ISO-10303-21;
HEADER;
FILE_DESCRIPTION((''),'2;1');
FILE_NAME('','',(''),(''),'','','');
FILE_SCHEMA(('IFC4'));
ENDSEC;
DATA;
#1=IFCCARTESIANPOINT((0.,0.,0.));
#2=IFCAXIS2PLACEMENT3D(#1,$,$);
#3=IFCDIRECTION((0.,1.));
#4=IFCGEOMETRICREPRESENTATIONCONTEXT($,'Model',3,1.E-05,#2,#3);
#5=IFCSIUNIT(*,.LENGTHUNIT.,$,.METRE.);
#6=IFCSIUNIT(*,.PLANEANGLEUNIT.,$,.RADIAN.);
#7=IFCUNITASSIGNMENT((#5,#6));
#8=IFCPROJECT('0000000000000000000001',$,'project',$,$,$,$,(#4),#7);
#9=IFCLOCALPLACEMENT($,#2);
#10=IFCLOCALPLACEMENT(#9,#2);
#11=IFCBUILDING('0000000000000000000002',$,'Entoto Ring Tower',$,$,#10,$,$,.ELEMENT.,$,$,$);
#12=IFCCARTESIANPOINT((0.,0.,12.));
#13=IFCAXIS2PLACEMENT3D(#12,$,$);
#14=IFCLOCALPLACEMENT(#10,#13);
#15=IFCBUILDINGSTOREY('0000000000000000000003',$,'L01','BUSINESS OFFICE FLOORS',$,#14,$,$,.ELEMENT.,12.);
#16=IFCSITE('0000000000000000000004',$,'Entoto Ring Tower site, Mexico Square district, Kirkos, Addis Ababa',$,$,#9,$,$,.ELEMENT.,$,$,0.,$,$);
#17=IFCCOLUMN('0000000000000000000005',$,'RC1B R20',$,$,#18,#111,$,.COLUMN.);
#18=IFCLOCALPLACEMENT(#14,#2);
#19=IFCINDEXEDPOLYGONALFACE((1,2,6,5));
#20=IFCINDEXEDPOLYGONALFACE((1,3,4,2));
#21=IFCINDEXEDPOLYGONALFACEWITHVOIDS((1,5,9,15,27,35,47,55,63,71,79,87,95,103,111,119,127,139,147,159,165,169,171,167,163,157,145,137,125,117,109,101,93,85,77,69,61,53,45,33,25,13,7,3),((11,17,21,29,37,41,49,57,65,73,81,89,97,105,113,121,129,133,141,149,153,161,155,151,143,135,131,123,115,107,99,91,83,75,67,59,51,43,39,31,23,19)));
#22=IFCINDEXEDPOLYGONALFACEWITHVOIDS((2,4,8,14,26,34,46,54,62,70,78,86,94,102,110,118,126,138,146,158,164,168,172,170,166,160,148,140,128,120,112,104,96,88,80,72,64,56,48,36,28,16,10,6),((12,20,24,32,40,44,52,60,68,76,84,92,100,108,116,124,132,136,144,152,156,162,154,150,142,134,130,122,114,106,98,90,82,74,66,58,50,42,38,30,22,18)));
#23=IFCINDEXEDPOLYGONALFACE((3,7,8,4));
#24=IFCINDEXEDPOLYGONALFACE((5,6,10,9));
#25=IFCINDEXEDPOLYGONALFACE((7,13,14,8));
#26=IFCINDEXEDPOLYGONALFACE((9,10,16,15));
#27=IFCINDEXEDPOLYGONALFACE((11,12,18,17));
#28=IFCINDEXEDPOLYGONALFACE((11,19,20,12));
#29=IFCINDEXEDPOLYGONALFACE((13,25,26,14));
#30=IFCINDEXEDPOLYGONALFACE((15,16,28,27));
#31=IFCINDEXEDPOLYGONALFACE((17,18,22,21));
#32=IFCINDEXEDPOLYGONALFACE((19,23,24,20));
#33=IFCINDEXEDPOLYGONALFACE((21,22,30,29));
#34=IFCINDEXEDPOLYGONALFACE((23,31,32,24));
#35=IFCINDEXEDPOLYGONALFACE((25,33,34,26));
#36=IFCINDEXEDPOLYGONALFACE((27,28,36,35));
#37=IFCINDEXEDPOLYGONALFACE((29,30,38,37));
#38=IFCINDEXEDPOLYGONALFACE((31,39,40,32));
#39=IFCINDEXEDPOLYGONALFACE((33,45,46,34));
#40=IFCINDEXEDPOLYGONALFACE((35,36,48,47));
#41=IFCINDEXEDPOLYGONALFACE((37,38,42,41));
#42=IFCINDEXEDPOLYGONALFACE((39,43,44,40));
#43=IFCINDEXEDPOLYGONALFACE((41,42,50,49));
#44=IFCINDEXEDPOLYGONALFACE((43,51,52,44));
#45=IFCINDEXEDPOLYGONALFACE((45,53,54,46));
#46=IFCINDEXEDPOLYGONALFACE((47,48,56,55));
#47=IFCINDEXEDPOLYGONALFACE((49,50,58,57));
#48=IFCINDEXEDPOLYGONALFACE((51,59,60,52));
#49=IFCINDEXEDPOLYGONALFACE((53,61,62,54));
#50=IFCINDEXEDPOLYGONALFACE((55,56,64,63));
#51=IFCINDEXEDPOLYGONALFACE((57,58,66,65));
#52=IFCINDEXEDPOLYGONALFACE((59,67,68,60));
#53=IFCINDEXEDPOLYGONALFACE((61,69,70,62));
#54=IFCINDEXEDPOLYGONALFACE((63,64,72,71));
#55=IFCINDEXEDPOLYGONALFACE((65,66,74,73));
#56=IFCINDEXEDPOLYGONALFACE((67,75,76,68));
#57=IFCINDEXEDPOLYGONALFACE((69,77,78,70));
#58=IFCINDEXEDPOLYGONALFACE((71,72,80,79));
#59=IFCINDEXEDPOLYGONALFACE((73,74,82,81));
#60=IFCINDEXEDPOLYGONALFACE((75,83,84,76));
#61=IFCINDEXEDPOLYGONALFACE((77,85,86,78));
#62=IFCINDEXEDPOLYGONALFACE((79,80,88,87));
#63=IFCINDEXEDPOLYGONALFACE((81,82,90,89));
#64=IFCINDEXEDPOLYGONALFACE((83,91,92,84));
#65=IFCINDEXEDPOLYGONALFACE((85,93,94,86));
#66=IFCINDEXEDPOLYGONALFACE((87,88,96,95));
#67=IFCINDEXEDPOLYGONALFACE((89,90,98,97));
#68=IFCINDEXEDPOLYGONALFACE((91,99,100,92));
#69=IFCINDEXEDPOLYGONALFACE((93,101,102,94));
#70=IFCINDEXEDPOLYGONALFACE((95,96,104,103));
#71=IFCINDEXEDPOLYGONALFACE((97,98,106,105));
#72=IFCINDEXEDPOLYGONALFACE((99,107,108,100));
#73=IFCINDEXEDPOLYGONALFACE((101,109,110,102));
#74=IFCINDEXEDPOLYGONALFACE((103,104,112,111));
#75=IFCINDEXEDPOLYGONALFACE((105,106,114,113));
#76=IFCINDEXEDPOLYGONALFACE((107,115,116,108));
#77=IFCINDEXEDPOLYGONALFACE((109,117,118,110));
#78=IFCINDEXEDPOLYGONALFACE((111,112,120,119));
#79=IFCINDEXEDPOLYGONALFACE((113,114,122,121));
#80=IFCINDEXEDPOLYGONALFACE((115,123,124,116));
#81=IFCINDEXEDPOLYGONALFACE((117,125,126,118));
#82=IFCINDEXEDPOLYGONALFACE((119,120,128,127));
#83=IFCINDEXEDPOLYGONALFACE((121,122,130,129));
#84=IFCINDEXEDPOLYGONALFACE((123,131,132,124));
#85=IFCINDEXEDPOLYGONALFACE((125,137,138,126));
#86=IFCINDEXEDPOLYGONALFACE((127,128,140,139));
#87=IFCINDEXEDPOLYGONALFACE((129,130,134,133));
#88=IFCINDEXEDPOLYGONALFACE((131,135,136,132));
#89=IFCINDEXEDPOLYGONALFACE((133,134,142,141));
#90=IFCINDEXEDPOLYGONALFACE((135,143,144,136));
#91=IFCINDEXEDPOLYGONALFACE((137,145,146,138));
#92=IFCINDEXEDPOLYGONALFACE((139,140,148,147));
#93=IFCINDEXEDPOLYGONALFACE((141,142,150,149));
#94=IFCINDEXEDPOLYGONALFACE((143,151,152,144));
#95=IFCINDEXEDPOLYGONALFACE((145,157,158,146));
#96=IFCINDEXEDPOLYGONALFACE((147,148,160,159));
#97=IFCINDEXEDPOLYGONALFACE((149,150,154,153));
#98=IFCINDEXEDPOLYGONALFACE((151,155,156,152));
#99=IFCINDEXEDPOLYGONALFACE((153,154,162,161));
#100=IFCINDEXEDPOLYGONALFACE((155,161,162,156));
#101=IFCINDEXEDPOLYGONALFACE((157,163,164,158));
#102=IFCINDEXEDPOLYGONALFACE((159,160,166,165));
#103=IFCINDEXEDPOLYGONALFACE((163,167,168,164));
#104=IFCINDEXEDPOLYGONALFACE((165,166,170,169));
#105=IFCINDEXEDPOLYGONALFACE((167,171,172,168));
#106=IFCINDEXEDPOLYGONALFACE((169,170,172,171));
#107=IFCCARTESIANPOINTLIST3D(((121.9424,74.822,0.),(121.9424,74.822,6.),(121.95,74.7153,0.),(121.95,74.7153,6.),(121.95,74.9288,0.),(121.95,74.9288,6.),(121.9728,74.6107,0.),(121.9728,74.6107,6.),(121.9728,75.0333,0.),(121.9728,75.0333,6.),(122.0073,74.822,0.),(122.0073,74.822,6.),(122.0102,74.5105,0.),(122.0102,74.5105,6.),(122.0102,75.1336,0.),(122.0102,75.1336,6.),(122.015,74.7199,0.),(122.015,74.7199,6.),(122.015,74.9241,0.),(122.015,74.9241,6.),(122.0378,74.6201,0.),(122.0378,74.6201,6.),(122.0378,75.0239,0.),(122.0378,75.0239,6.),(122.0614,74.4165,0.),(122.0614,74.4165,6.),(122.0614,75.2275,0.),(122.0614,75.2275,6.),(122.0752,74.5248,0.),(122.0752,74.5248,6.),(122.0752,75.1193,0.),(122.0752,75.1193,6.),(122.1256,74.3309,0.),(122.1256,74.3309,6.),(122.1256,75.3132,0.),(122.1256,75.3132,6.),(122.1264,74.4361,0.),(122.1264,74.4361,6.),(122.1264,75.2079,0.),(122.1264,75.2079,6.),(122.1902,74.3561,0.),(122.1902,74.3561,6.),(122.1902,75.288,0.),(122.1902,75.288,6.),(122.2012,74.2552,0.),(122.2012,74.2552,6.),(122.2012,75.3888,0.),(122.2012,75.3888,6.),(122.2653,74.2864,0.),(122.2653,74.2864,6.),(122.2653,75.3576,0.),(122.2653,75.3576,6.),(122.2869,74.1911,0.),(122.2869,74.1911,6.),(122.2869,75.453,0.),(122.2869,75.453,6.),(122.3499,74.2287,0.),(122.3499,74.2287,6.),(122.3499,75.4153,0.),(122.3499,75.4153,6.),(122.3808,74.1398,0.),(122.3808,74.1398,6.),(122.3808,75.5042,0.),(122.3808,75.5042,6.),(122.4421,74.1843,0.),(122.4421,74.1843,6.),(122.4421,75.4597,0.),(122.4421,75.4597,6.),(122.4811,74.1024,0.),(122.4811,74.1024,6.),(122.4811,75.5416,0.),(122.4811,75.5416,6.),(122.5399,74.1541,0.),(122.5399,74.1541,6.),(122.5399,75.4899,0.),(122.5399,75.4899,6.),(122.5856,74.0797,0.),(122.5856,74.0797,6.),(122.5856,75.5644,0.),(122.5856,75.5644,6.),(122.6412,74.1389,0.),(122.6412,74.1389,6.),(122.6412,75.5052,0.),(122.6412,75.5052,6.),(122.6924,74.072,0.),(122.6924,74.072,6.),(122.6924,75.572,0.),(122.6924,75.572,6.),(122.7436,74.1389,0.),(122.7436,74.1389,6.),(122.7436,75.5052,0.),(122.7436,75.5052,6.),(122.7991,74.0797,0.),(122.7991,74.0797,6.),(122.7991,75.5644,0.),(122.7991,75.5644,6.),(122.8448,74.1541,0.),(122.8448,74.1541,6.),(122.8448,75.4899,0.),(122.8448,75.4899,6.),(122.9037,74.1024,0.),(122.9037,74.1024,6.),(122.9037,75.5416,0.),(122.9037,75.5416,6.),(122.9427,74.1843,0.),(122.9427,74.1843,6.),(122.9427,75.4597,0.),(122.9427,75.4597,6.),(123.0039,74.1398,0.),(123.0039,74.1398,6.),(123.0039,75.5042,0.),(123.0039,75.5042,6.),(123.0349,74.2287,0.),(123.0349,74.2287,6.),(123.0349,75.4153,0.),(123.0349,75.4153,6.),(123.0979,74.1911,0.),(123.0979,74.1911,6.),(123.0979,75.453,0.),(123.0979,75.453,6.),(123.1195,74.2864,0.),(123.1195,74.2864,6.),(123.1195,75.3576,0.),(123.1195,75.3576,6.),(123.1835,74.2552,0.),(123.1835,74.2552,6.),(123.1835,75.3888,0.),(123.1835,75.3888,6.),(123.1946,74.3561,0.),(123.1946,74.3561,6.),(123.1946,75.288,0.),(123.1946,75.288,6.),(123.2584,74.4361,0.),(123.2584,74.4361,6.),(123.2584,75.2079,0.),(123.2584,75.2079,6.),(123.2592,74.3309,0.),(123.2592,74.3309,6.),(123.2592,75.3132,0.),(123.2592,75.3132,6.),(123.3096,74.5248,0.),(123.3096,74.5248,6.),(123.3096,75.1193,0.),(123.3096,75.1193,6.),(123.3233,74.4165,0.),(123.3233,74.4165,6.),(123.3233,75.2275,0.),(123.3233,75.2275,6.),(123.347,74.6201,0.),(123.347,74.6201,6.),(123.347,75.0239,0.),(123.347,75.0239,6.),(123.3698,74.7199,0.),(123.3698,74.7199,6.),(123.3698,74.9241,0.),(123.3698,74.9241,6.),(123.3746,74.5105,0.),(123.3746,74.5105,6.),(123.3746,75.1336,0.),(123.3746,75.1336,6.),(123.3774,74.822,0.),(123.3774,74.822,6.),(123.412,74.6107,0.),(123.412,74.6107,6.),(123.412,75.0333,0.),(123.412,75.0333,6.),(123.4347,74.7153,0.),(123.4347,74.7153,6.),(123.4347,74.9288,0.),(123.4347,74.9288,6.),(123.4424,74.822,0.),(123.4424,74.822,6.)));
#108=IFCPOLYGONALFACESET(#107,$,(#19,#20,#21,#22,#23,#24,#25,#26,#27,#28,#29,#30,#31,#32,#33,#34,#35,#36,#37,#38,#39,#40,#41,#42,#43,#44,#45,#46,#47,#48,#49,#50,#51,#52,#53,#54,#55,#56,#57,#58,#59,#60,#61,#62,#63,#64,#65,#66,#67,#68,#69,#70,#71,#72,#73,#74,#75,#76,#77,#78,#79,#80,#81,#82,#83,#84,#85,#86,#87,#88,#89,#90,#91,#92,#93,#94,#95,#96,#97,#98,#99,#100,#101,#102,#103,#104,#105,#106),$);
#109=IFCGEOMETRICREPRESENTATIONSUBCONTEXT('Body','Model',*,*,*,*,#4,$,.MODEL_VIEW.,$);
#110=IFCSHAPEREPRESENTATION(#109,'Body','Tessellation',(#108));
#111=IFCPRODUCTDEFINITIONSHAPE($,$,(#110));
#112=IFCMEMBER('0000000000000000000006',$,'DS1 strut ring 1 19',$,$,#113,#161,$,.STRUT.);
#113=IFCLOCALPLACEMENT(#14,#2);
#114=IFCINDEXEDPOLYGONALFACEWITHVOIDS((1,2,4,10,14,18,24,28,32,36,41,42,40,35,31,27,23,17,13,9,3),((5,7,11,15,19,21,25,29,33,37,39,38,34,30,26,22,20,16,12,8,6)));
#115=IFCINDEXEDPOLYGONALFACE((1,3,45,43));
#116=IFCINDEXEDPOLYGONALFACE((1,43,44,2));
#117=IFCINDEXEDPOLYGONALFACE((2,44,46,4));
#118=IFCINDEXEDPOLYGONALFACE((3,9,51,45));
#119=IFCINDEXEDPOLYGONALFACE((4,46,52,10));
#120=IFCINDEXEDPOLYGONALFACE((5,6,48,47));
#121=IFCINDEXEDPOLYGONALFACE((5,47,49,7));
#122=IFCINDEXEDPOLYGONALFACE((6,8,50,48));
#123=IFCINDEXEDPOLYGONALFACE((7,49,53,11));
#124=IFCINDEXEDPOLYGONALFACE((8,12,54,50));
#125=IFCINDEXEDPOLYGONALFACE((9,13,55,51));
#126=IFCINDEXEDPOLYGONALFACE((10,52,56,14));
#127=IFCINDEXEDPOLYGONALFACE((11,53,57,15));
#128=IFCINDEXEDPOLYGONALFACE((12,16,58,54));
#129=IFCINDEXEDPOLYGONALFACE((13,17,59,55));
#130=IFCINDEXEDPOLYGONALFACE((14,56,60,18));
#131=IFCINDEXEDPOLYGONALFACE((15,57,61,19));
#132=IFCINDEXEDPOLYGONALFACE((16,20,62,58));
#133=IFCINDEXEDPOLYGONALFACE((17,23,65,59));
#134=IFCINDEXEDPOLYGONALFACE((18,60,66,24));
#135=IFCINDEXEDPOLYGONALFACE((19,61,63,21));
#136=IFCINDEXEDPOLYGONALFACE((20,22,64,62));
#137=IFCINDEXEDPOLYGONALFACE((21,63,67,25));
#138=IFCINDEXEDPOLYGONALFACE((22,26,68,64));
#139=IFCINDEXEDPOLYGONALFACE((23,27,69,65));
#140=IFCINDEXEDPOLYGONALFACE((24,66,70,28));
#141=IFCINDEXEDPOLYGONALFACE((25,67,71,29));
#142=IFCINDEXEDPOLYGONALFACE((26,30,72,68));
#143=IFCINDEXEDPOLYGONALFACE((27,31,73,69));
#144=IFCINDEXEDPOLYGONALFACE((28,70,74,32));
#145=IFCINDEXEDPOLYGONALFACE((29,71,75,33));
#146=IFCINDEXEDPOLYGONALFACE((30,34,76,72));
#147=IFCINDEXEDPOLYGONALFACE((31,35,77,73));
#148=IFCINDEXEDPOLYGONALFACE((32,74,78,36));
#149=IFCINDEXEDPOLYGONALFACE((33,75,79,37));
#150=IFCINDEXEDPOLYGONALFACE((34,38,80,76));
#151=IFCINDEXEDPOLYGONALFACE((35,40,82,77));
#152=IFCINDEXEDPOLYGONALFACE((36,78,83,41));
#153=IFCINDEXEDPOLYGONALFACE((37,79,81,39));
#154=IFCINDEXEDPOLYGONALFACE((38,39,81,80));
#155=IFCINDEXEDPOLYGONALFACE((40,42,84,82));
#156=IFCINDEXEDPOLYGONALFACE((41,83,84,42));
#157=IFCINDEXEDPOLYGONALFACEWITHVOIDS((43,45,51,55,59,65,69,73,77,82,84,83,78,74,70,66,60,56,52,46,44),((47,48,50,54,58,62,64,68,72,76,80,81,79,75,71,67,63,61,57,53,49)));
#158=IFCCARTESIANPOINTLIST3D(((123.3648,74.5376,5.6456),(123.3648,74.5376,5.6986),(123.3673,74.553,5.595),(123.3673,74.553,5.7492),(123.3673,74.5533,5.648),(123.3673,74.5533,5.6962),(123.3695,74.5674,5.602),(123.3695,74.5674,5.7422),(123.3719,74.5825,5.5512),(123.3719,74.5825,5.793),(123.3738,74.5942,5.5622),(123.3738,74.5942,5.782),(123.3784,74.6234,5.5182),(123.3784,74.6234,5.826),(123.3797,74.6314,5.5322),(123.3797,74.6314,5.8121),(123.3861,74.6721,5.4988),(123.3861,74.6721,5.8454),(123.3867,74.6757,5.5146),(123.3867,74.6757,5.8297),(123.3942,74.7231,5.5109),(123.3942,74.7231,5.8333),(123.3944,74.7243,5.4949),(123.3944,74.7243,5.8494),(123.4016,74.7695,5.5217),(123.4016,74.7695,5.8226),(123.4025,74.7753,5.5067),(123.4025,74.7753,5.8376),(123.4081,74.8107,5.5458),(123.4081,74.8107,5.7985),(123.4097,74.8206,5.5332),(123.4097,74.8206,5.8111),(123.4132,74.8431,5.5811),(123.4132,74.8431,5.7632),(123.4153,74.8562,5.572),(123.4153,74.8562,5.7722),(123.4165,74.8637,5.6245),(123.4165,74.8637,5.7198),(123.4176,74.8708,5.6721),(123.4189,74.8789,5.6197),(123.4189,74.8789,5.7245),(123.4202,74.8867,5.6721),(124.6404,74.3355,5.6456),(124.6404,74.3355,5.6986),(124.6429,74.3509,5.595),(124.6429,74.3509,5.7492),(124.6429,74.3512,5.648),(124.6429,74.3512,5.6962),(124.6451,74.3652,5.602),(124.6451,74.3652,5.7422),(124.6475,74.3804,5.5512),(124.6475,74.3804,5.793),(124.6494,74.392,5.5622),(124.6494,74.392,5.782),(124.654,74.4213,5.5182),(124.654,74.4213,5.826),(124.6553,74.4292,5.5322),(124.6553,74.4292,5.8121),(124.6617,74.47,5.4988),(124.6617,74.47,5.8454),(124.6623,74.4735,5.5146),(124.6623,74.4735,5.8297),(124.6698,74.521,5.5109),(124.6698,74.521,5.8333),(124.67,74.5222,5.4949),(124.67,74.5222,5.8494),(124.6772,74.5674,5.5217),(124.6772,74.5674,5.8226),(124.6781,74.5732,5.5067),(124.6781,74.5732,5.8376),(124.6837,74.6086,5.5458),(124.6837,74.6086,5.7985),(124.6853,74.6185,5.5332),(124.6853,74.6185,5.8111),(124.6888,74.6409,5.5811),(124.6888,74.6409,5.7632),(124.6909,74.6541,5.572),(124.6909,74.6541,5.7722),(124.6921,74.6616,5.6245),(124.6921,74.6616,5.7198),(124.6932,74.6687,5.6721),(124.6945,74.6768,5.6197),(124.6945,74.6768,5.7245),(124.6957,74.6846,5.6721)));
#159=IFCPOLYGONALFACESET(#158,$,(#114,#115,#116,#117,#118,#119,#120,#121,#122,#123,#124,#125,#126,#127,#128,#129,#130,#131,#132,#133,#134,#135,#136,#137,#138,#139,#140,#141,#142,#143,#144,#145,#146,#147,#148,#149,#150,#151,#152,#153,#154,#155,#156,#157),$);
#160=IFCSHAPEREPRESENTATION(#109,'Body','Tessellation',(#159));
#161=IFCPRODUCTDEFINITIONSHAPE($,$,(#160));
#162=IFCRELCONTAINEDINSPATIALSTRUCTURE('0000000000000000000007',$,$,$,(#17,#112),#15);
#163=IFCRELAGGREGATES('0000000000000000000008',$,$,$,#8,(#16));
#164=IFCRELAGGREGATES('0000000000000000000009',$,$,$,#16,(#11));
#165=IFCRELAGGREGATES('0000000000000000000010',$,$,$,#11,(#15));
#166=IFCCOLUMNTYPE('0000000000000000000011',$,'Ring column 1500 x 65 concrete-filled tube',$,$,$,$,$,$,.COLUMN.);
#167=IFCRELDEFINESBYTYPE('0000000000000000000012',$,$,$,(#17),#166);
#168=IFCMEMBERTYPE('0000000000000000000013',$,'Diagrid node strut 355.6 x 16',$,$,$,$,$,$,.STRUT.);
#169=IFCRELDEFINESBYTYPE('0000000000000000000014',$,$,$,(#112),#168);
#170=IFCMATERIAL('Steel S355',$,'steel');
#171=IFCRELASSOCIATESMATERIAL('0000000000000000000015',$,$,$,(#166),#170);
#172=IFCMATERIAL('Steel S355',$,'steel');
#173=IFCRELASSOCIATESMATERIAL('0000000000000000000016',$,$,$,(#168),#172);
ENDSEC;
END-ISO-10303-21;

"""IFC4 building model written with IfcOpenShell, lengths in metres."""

from ifc_helpers import new_model, si_unit, direction, frame, origin, origin_2d, place, context, subcontext, project, spatial, circle, hollow_circle, extrude, material, material_profile, profile_set, type_object, element, save


model = new_model("IFC4")

# Units and contexts
model_context = context("Model", 3, precision=1e-05, world=origin(), true_north=direction((0.0, 1.0)))
body_context = subcontext(model_context, "Body", "Model", "MODEL_VIEW")
ifc_project = project(units=[si_unit("LENGTHUNIT", "METRE"), si_unit("PLANEANGLEUNIT", "RADIAN")], contexts=[model_context])

# Site, building, storey
site_placement = place(None, origin())
site = spatial("IfcSite", under=ifc_project, at=site_placement, Name="Entoto Ring Tower site, Mexico Square district, Kirkos, Addis Ababa", CompositionType="ELEMENT", RefElevation=0.0)
building_placement = place(site_placement, origin())
building = spatial("IfcBuilding", under=site, at=building_placement, Name="Entoto Ring Tower", CompositionType="ELEMENT")
storey_placement = place(building_placement, frame((0.0, 0.0, 12.0)))
storey = spatial("IfcBuildingStorey", under=building, at=storey_placement, Name="L01", Description="BUSINESS OFFICE FLOORS", CompositionType="ELEMENT", Elevation=12.0)

# Column
ifc_material_1 = material(Name="Steel S355", Category="steel")
ifc_material_profile_1 = material_profile(ifc_material_1, hollow_circle(Radius=0.75, WallThickness=0.0649, at=origin_2d()), Name="CHS 1500 x 65")
ifc_material_2 = material(Name="Concrete C60/75", Category="concrete")
ifc_material_profile_2 = material_profile(ifc_material_2, circle(Radius=0.6851, at=origin_2d()), Name="Concrete C60/75 infill")
ifc_profile_set_1 = profile_set([ifc_material_profile_1, ifc_material_profile_2], Name="Steel S355")
column_type = type_object("IfcColumnType", Name="Ring column 1500 x 65 concrete-filled tube", PredefinedType="COLUMN", material=ifc_profile_set_1)
column_placement = place(storey_placement, frame((122.6924, 74.822, 0.0), z_axis=(0.0, 0.0, 1.0), x_axis=(1.0, 0.0, 0.0)))
element("IfcColumn", 1, at=column_placement, inside=storey, type_object=column_type, Name="RC1B R20", PredefinedType="COLUMN", context=body_context, shape_type="SweptSolid", body=[
    extrude(hollow_circle(Radius=0.75, WallThickness=0.0649, at=origin_2d()), origin(), (0.0, 0.0, 1.0), 6.0),
])

# Member
ifc_material_3 = material(Name="Steel S355", Category="steel")
ifc_material_profile_3 = material_profile(ifc_material_3, hollow_circle(Radius=0.1777, WallThickness=0.0161, at=origin_2d()), Name="CHS 355.6 x 16")
ifc_material_4 = material(Name="Concrete C60/75", Category="concrete")
ifc_material_profile_4 = material_profile(ifc_material_4, circle(Radius=0.1619, at=origin_2d()), Name="Concrete C60/75 infill")
ifc_profile_set_2 = profile_set([ifc_material_profile_3, ifc_material_profile_4], Name="Steel S355")
member_type_1 = type_object("IfcMemberType", Name="Diagrid node strut 355.6 x 16", PredefinedType="STRUT", material=ifc_profile_set_2)
member_1_placement = place(storey_placement, frame((123.3923, 74.7112, 5.6721), z_axis=(0.987675, -0.156516, 0.0), x_axis=(0.156516, 0.987675, 0.0)))
element("IfcMember", 2, at=member_1_placement, inside=storey, type_object=member_type_1, Name="DS1 strut ring 1 19", PredefinedType="STRUT", context=body_context, shape_type="SweptSolid", body=[
    extrude(hollow_circle(Radius=0.1777, WallThickness=0.0161, at=origin_2d()), origin(), (0.0, 0.0, 1.0), 1.2915),
])

save(model, "model.ifc")
